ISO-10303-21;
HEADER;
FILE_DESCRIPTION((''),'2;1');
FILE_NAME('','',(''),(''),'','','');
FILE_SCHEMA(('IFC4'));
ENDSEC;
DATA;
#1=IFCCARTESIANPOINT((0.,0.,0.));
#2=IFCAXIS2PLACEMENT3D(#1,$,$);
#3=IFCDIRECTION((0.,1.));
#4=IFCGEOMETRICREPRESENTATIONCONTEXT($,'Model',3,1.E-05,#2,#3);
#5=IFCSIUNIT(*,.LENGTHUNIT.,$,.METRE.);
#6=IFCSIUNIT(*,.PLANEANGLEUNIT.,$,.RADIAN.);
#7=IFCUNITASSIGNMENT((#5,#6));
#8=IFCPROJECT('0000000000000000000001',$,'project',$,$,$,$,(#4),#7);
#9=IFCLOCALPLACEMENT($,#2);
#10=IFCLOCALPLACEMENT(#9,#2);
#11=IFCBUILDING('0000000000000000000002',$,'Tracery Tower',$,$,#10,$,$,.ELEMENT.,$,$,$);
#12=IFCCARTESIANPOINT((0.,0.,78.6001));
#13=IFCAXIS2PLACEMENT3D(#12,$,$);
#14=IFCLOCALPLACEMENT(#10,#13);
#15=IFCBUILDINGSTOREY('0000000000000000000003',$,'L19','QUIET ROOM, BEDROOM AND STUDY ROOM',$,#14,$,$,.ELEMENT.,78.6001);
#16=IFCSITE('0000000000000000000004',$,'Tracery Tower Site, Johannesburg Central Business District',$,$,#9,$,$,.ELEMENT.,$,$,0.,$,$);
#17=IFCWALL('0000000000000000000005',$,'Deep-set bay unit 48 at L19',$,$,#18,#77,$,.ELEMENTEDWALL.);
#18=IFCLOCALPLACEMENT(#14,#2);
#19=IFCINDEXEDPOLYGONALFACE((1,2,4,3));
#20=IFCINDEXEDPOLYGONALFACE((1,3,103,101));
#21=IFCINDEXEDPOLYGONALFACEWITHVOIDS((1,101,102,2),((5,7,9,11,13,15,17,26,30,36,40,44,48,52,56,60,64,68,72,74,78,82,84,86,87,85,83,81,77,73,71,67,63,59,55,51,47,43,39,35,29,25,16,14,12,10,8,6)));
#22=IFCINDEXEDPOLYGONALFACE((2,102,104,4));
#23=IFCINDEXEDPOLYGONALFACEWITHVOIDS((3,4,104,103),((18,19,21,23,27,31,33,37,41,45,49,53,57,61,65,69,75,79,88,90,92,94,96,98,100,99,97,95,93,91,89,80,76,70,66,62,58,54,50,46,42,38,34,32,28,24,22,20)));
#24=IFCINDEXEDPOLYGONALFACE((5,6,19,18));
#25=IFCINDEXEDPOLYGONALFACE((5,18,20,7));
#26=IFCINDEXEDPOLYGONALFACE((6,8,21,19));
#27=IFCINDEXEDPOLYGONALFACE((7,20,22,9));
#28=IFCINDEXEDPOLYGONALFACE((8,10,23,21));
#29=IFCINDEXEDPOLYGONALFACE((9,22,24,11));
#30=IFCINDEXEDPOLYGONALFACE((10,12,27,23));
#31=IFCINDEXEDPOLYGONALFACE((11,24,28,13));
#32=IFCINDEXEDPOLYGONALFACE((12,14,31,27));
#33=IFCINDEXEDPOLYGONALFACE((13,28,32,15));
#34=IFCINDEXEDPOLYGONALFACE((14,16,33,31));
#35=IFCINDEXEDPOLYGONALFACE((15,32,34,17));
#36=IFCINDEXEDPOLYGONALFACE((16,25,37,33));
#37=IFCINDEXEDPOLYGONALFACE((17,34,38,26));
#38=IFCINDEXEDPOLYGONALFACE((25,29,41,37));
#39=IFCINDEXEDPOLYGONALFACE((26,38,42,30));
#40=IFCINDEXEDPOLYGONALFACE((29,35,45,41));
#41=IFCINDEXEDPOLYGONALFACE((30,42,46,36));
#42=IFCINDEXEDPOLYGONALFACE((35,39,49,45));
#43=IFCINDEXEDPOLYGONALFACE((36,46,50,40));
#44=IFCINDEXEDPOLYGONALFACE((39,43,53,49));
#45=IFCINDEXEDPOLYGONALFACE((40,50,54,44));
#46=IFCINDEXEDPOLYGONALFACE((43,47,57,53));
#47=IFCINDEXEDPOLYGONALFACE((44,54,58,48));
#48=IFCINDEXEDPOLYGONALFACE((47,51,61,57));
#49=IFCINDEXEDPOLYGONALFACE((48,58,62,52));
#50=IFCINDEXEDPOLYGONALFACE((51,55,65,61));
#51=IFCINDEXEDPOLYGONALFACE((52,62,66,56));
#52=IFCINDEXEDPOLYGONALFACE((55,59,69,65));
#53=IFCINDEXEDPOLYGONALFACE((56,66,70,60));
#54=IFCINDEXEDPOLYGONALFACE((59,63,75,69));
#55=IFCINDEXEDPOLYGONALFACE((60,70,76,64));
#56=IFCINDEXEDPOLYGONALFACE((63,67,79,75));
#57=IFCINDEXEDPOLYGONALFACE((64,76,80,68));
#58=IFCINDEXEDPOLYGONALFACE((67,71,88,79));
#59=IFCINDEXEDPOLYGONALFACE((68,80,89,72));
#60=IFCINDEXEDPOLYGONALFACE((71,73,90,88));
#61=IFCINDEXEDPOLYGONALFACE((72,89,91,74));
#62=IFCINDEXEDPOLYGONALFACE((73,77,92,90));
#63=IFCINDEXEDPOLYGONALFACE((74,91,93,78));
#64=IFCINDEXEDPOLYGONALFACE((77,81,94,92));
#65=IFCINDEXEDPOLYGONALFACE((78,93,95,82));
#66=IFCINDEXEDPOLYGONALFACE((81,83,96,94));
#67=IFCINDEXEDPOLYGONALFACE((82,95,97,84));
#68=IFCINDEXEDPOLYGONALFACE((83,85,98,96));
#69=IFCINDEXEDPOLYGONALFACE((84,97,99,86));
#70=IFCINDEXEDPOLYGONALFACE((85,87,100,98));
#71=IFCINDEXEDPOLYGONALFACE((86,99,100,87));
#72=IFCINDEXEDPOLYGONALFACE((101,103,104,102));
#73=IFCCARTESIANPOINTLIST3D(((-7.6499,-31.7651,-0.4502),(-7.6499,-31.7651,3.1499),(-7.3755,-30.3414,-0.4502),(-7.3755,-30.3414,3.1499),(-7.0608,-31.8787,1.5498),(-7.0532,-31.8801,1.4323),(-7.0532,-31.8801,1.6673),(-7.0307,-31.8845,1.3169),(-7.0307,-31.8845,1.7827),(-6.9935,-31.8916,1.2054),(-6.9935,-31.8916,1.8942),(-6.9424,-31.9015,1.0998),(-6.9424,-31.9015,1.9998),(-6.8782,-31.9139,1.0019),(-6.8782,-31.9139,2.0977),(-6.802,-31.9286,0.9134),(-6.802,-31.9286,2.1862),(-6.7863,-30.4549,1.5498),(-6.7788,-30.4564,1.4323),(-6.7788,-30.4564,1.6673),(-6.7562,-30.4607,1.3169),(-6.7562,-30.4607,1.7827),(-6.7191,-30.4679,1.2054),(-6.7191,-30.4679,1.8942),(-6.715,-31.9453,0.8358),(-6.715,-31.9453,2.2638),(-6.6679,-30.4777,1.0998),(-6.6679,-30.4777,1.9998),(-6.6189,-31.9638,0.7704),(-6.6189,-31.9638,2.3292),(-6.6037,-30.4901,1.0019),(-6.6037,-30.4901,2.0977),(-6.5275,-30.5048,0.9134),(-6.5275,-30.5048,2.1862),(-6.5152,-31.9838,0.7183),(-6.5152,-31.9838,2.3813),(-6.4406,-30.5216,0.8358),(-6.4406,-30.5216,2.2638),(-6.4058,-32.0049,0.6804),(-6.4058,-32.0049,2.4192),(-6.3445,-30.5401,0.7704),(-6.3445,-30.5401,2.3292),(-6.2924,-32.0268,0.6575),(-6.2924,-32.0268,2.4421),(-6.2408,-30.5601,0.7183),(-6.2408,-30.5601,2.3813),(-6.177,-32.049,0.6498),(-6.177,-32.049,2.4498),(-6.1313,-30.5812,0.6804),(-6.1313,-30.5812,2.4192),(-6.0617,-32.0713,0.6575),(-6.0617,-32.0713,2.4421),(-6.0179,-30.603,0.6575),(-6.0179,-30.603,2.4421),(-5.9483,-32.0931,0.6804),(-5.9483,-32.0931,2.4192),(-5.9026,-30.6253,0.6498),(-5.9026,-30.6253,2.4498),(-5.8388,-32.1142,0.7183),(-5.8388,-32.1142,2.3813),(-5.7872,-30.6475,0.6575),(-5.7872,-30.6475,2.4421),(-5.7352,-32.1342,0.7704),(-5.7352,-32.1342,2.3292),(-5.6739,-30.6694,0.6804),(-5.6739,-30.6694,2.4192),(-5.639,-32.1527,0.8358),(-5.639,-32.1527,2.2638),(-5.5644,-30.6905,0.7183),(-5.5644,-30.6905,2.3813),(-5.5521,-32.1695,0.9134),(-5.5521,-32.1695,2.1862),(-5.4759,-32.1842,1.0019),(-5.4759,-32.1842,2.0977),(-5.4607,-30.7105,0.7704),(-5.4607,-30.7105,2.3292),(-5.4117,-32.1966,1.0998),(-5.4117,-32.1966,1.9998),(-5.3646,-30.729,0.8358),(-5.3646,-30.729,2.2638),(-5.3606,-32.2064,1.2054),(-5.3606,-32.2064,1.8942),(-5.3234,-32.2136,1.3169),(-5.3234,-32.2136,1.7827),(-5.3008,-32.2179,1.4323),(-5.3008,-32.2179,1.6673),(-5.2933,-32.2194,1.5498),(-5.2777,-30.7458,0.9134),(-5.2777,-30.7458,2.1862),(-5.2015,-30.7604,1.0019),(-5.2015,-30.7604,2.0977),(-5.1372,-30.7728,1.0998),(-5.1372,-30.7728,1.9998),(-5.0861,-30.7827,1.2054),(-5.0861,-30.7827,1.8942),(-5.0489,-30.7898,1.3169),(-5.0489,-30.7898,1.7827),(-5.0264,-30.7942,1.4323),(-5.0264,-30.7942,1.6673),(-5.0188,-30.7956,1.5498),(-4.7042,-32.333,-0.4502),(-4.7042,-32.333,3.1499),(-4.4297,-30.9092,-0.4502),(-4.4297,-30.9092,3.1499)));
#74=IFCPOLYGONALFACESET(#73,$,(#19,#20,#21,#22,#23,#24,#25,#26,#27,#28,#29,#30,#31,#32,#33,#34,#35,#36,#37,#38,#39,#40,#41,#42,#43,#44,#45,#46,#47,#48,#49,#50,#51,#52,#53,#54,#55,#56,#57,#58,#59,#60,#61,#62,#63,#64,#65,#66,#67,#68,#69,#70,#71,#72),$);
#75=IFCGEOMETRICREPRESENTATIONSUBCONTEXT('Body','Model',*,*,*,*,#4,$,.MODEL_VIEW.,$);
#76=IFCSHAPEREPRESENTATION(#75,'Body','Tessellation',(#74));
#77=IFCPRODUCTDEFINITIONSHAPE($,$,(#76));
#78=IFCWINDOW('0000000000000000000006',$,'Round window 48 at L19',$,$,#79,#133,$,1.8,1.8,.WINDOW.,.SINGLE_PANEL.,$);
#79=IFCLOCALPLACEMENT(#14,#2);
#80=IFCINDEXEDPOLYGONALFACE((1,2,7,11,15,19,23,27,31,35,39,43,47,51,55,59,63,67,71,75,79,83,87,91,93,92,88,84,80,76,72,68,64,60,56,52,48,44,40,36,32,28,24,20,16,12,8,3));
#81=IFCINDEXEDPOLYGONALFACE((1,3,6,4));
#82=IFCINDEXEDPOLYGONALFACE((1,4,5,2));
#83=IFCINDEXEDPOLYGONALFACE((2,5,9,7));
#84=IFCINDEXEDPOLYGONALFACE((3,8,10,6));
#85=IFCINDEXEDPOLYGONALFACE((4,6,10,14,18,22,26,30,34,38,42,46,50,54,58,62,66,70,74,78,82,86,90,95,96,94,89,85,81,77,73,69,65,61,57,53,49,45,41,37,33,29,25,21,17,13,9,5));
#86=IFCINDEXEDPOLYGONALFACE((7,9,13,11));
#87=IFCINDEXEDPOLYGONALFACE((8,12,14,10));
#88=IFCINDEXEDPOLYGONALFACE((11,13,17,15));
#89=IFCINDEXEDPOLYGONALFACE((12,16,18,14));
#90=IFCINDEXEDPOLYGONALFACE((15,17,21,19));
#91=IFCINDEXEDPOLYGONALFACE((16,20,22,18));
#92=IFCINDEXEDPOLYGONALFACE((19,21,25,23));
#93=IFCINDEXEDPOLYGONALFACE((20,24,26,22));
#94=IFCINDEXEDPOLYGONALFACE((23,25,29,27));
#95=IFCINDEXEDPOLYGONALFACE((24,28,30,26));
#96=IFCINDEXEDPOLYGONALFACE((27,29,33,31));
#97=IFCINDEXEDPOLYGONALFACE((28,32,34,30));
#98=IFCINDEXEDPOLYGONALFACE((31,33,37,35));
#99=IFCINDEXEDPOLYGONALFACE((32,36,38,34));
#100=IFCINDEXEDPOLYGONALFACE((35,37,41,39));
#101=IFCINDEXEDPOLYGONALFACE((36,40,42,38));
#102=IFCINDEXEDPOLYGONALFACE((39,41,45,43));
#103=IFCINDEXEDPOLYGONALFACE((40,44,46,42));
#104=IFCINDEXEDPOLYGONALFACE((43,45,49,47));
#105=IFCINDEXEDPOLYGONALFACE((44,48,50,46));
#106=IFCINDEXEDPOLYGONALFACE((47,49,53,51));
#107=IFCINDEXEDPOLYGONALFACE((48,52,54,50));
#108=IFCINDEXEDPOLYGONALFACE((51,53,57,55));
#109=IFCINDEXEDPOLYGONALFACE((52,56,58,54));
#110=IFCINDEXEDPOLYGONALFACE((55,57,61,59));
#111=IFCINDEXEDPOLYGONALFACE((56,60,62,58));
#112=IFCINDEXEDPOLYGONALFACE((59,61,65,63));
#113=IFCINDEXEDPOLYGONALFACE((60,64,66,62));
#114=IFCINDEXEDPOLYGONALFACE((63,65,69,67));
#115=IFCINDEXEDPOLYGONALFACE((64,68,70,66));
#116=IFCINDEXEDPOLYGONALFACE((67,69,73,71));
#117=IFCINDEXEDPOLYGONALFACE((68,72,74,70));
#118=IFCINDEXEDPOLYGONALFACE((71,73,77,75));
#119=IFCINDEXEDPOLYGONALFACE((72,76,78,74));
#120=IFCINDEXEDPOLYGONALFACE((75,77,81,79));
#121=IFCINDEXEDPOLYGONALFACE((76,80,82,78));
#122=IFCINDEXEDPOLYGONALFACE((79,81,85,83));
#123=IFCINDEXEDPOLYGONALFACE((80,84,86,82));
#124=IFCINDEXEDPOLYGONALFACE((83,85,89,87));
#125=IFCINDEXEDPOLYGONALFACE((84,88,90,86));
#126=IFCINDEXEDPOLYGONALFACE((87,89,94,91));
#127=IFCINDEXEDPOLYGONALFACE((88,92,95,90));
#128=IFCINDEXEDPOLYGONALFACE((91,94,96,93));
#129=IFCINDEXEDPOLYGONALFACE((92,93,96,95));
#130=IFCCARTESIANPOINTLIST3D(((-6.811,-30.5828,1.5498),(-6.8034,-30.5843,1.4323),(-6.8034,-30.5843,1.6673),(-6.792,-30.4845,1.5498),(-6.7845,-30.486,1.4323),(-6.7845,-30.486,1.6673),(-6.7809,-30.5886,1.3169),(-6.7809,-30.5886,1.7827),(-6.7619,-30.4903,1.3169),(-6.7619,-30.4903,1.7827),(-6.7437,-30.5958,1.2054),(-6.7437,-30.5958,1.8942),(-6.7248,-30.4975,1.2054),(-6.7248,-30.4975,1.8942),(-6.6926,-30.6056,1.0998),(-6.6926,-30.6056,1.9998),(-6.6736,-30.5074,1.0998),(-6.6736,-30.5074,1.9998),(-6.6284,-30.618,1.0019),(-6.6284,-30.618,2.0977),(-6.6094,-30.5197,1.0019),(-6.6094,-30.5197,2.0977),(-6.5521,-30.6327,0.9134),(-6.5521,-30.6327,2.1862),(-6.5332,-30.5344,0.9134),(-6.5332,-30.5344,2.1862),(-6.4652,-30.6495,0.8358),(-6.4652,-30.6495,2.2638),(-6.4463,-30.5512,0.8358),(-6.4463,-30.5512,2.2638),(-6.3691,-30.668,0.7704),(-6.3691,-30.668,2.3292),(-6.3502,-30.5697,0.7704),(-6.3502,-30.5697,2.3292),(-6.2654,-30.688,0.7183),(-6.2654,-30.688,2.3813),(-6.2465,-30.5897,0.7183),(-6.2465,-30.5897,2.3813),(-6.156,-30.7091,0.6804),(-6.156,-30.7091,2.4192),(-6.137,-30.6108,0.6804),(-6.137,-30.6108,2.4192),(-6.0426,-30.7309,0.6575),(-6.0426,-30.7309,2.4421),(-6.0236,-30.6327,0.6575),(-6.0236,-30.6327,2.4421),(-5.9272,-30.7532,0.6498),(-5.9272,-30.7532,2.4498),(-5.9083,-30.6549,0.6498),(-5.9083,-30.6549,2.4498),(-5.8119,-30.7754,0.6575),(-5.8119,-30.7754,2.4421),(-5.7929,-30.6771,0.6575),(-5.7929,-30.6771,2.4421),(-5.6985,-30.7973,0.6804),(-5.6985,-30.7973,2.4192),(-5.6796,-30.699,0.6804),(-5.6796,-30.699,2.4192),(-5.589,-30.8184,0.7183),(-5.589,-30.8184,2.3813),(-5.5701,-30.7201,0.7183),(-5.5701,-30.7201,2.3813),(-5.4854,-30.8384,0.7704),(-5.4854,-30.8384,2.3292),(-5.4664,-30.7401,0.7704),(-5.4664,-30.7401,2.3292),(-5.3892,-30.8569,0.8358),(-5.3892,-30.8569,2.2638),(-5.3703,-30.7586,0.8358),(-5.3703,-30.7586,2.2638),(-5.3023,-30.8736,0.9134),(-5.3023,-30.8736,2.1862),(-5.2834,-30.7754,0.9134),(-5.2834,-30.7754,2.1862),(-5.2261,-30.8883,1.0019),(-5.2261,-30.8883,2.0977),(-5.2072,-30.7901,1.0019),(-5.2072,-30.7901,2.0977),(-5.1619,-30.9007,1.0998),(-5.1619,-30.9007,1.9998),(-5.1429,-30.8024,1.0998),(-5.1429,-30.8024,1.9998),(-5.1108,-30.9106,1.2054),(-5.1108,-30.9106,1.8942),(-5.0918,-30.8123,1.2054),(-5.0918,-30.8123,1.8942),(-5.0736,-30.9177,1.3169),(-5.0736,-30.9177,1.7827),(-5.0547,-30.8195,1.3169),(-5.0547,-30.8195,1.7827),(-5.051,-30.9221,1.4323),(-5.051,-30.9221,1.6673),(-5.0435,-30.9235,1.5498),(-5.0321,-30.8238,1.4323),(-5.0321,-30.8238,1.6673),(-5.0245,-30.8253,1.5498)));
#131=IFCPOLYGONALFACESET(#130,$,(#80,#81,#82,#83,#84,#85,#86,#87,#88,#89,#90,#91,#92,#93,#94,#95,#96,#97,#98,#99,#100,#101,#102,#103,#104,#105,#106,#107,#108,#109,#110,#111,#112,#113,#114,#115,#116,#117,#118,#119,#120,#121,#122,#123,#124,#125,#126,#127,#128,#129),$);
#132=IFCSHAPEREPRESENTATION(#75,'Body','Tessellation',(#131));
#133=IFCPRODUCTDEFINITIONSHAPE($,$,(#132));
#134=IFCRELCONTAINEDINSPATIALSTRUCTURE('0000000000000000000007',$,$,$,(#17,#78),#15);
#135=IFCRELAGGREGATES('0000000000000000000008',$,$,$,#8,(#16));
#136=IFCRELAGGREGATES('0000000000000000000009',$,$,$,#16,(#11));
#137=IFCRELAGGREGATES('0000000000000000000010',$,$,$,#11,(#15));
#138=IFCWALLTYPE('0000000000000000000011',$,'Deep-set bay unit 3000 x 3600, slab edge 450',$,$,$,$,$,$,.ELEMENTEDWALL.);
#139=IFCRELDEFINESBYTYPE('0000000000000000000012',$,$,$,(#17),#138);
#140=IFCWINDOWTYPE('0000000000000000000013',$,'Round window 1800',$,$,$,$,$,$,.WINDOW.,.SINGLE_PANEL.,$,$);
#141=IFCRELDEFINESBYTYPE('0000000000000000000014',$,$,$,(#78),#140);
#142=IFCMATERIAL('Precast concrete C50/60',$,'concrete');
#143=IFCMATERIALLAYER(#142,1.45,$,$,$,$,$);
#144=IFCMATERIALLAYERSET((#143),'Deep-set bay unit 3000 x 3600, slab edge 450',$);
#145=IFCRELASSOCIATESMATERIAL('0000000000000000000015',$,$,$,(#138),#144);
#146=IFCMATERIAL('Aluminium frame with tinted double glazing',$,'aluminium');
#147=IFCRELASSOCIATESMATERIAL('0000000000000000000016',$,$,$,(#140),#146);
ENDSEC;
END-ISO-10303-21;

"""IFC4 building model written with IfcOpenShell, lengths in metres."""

from ifc_helpers import new_model, si_unit, direction, frame, frame_2d, origin, origin_2d, place, context, subcontext, project, spatial, rectangle, circle, extrude, material, layer, layer_set, type_object, element, fill, save


model = new_model("IFC4")

# Units and contexts
model_context = context("Model", 3, precision=1e-05, world=origin(), true_north=direction((0.0, 1.0)))
body_context = subcontext(model_context, "Body", "Model", "MODEL_VIEW")
ifc_project = project(units=[si_unit("LENGTHUNIT", "METRE"), si_unit("PLANEANGLEUNIT", "RADIAN")], contexts=[model_context])

# Site, building, storey
site_placement = place(None, origin())
site = spatial("IfcSite", under=ifc_project, at=site_placement, Name="Tracery Tower Site, Johannesburg Central Business District", CompositionType="ELEMENT", RefElevation=0.0)
building_placement = place(site_placement, origin())
building = spatial("IfcBuilding", under=site, at=building_placement, Name="Tracery Tower", CompositionType="ELEMENT")
storey_placement = place(building_placement, frame((0.0, 0.0, 78.6001)))
storey = spatial("IfcBuildingStorey", under=building, at=storey_placement, Name="L19", Description="QUIET ROOM, BEDROOM AND STUDY ROOM", CompositionType="ELEMENT", Elevation=78.6001)

# Wall, opening, window
ifc_material_1 = material(Name="Precast concrete C50/60", Category="concrete")
ifc_layer_1 = layer(ifc_material_1, 1.45)
ifc_layer_set_1 = layer_set([ifc_layer_1], Name="Deep-set bay unit 3000 x 3600, slab edge 450")
wall_type_1 = type_object("IfcWallType", Name="Deep-set bay unit 3000 x 3600, slab edge 450", PredefinedType="ELEMENTEDWALL", material=ifc_layer_set_1)
wall_1_placement = place(storey_placement, frame((-7.5127, -31.0532, -0.4502), z_axis=(0.0, 0.0, 1.0), x_axis=(0.981922, -0.189288, 0.0)))
wall_1 = element("IfcWall", 1, at=wall_1_placement, inside=storey, type_object=wall_type_1, Name="Deep-set bay unit 48 at L19", PredefinedType="ELEMENTEDWALL", context=body_context, shape_type="SweptSolid", body=[
    extrude(rectangle(XDim=3.0, YDim=1.45, at=frame_2d((1.5, 0.0))), origin(), (0.0, 0.0, 1.0), 3.6001),
])
opening_1_placement = place(wall_1_placement, frame((1.5, 0.0, 2.0)))
opening_1 = element("IfcOpeningElement", 2, at=opening_1_placement, cuts=wall_1, PredefinedType="OPENING", context=body_context, shape_type="SweptSolid", body=[
    extrude(circle(Radius=0.9, at=origin_2d()), frame((0.0, 0.7349, 0.0), z_axis=(0.0, -1.0, 0.0), x_axis=(1.0, 0.0, 0.0)), (0.0, 0.0, 1.0), 1.47),
])
ifc_material_2 = material(Name="Aluminium frame with tinted double glazing", Category="aluminium")
window_type = type_object("IfcWindowType", Name="Round window 1800", PartitioningType="SINGLE_PANEL", PredefinedType="WINDOW", material=ifc_material_2)
window_1_placement = place(opening_1_placement, origin())
window_1 = element("IfcWindow", 3, at=window_1_placement, inside=storey, type_object=window_type, Name="Round window 48 at L19", OverallHeight=1.8, OverallWidth=1.8, PartitioningType="SINGLE_PANEL", PredefinedType="WINDOW", context=body_context, shape_type="SweptSolid", body=[
    extrude(circle(Radius=0.9, at=origin_2d()), frame((0.0, 0.6948, 0.0), z_axis=(0.0, -1.0, 0.0), x_axis=(1.0, 0.0, 0.0)), (0.0, 0.0, 1.0), 0.1001),
])
fill(opening_1, window_1)

save(model, "model.ifc")
